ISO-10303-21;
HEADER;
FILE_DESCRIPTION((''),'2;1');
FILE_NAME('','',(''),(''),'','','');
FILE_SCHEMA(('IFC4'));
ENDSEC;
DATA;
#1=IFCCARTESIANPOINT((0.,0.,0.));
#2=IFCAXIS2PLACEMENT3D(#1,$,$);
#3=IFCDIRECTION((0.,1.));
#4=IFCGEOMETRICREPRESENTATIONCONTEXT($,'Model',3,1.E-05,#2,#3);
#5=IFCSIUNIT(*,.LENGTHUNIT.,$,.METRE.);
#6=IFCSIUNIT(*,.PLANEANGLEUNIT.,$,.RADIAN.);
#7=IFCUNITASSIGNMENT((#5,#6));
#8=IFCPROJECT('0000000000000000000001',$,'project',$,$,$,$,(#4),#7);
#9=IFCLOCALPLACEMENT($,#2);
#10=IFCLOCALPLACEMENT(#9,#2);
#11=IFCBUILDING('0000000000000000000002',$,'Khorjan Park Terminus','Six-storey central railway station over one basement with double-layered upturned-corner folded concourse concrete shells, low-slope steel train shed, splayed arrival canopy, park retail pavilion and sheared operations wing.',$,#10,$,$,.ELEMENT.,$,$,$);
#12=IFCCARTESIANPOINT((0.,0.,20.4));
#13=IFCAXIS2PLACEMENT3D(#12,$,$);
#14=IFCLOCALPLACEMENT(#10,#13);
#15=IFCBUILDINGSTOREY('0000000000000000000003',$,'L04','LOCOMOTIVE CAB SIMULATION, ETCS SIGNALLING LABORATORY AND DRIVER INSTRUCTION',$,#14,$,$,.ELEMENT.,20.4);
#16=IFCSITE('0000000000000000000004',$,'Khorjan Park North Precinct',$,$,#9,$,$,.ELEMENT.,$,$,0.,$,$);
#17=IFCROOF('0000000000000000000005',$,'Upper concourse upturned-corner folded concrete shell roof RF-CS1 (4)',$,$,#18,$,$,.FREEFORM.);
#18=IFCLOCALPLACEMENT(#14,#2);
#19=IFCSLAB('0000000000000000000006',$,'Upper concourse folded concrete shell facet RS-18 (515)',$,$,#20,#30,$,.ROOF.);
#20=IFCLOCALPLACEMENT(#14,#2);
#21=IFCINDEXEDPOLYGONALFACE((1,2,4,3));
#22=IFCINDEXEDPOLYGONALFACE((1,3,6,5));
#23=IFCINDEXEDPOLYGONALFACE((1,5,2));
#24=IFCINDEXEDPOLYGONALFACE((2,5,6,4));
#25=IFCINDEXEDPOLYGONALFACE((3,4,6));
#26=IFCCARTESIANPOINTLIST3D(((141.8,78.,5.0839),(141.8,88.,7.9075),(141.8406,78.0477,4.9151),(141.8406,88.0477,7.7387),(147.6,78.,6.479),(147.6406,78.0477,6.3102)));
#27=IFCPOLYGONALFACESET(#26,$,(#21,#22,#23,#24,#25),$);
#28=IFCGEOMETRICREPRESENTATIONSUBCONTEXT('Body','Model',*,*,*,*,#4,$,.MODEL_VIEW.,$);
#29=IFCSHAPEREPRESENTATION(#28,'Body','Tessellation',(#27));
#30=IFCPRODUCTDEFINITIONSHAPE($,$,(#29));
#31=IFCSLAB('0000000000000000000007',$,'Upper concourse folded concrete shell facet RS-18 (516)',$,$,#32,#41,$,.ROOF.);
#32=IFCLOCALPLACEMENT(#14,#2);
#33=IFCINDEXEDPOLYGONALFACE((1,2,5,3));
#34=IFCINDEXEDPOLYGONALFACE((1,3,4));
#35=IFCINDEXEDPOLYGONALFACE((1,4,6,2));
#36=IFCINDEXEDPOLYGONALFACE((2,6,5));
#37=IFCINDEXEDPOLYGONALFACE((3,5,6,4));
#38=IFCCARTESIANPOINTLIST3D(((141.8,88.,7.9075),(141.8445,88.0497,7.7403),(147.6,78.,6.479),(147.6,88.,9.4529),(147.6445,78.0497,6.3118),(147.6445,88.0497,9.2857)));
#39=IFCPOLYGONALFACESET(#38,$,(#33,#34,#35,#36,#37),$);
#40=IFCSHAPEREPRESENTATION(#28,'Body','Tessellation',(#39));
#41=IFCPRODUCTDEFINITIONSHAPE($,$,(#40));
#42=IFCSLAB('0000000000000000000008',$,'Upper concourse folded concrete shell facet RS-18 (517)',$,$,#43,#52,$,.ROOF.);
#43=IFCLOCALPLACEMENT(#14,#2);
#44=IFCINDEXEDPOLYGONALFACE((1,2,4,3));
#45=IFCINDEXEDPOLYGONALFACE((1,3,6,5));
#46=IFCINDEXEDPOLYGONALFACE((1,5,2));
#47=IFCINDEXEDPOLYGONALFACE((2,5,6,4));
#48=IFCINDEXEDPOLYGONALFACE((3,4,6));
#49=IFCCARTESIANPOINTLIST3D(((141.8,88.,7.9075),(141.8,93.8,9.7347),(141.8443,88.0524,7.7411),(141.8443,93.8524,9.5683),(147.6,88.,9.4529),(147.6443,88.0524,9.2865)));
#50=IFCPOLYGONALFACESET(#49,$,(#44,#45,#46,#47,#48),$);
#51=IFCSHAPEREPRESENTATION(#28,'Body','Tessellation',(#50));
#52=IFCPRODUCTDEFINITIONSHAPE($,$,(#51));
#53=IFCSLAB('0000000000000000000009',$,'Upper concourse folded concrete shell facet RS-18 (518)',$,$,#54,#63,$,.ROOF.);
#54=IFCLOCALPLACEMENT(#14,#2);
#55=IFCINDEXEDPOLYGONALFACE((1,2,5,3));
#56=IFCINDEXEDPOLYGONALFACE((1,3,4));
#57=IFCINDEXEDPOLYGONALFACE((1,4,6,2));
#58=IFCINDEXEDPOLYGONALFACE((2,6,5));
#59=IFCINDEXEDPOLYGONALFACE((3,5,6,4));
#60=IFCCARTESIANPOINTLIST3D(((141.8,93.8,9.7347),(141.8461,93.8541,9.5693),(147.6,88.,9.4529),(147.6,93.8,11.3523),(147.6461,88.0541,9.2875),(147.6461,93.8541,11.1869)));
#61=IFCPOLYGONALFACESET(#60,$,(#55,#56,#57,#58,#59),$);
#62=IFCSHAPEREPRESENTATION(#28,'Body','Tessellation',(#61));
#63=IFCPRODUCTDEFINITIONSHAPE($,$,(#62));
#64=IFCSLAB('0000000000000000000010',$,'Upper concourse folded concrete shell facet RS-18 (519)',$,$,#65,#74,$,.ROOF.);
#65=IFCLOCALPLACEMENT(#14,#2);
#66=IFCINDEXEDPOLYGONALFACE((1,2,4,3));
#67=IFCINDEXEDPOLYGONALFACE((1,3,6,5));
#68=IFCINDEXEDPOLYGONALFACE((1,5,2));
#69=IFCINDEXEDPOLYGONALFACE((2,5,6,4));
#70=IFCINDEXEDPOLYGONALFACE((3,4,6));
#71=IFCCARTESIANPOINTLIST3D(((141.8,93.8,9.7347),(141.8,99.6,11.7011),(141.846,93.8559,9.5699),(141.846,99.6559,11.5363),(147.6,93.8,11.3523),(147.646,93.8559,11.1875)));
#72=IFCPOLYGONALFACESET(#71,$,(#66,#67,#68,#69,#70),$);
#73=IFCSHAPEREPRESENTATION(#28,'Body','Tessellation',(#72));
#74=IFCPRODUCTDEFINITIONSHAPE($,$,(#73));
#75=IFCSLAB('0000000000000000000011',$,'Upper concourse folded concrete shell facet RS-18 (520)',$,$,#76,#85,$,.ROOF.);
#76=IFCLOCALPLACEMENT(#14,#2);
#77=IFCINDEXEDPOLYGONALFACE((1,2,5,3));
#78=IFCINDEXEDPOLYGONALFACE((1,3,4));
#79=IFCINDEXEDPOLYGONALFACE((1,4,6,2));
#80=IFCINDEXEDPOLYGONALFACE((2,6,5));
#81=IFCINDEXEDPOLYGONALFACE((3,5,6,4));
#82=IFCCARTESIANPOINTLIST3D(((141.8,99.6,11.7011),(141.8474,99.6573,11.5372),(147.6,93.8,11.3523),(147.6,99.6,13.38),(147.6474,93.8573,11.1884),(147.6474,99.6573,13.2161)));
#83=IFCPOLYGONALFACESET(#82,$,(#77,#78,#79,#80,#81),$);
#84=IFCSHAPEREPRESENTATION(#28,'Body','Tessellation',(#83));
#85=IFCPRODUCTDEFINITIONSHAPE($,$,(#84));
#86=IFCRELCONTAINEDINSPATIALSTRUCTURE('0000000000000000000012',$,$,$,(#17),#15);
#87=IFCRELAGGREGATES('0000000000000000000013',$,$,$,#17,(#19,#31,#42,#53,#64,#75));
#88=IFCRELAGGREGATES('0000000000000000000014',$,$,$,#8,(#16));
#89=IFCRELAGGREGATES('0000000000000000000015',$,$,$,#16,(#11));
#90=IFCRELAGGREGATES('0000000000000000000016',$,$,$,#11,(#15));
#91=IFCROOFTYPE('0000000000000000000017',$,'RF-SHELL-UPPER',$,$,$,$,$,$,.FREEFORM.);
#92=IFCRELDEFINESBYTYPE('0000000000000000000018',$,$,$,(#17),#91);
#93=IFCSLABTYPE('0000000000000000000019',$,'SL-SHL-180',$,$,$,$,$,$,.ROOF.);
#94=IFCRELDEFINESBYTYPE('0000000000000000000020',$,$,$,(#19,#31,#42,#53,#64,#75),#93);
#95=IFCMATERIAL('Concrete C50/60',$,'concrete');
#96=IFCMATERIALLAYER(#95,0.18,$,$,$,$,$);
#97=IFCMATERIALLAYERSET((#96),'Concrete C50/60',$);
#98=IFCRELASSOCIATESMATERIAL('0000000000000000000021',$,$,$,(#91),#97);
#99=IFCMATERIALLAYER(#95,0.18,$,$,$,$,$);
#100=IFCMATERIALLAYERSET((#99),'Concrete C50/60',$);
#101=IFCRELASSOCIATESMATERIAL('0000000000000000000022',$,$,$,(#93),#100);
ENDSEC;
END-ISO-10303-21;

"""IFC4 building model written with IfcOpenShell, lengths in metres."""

from ifc_helpers import new_model, si_unit, direction, frame, origin, place, context, subcontext, project, spatial, polyline, outline, extrude, material, layer, layer_set, type_object, element, aggregate, save


model = new_model("IFC4")

# Units and contexts
model_context = context("Model", 3, precision=1e-05, world=origin(), true_north=direction((0.0, 1.0)))
body_context = subcontext(model_context, "Body", "Model", "MODEL_VIEW")
ifc_project = project(units=[si_unit("LENGTHUNIT", "METRE"), si_unit("PLANEANGLEUNIT", "RADIAN")], contexts=[model_context])

# Site, building, storey
site_placement = place(None, origin())
site = spatial("IfcSite", under=ifc_project, at=site_placement, Name="Khorjan Park North Precinct", CompositionType="ELEMENT", RefElevation=0.0)
building_placement = place(site_placement, origin())
building = spatial("IfcBuilding", under=site, at=building_placement, Name="Khorjan Park Terminus", Description="Six-storey central railway station over one basement with double-layered upturned-corner folded concourse concrete shells, low-slope steel train shed, splayed arrival canopy, park retail pavilion and sheared operations wing.", CompositionType="ELEMENT")
storey_placement = place(building_placement, frame((0.0, 0.0, 20.4)))
storey = spatial("IfcBuildingStorey", under=building, at=storey_placement, Name="L04", Description="LOCOMOTIVE CAB SIMULATION, ETCS SIGNALLING LABORATORY AND DRIVER INSTRUCTION", CompositionType="ELEMENT", Elevation=20.4)

# Roof, slabs
ifc_material = material(Name="Concrete C50/60", Category="concrete")
ifc_layer_1 = layer(ifc_material, 0.18)
ifc_layer_set_1 = layer_set([ifc_layer_1], Name="Concrete C50/60")
roof_type = type_object("IfcRoofType", Name="RF-SHELL-UPPER", PredefinedType="FREEFORM", material=ifc_layer_set_1)
ifc_layer_2 = layer(ifc_material, 0.18)
ifc_layer_set_2 = layer_set([ifc_layer_2], Name="Concrete C50/60")
slab_type = type_object("IfcSlabType", Name="SL-SHL-180", PredefinedType="ROOF", material=ifc_layer_set_2)
roof_1_placement = place(storey_placement, origin())
roof_1 = element("IfcRoof", 1, at=roof_1_placement, inside=storey, type_object=roof_type, Name="Upper concourse upturned-corner folded concrete shell roof RF-CS1 (4)", PredefinedType="FREEFORM")
slab_1_placement = place(storey_placement, frame((141.8, 78.0, 5.0839), z_axis=(-0.22552, -0.264735, 0.93758), x_axis=(0.972269, 0.0, 0.233864)))
slab_1 = element("IfcSlab", 2, at=slab_1_placement, type_object=slab_type, Name="Upper concourse folded concrete shell facet RS-18 (515)", PredefinedType="ROOF", context=body_context, shape_type="SweptSolid", body=[
    extrude(outline(polyline([(0.0, 0.0), (5.9654, 0.0), (0.6603, 10.37), (0.0, 0.0)])), origin(), (0.0, 0.0, -1.0), 0.18),
])
slab_2_placement = place(storey_placement, frame((147.6, 78.0, 6.479), z_axis=(-0.247451, -0.276187, 0.928703), x_axis=(0.0, 0.958512, 0.285052)))
slab_2 = element("IfcSlab", 3, at=slab_2_placement, type_object=slab_type, Name="Upper concourse folded concrete shell facet RS-18 (516)", PredefinedType="ROOF", context=body_context, shape_type="SweptSolid", body=[
    extrude(outline(polyline([(0.0, 0.0), (10.4328, 0.0), (9.9923, 5.9862), (0.0, 0.0)])), origin(), (0.0, 0.0, -1.0), 0.18),
])
slab_3_placement = place(storey_placement, frame((141.8, 88.0, 7.9075), z_axis=(-0.246306, -0.291219, 0.924405), x_axis=(0.966287, 0.0, 0.257466)))
slab_3 = element("IfcSlab", 4, at=slab_3_placement, type_object=slab_type, Name="Upper concourse folded concrete shell facet RS-18 (517)", PredefinedType="ROOF", context=body_context, shape_type="SweptSolid", body=[
    extrude(outline(polyline([(0.0, 0.0), (6.0024, 0.0), (0.4704, 6.0628), (0.0, 0.0)])), origin(), (0.0, 0.0, -1.0), 0.18),
])
slab_4_placement = place(storey_placement, frame((147.6, 88.0, 9.4529), z_axis=(-0.2562, -0.300832, 0.918619), x_axis=(0.0, 0.950338, 0.311219)))
slab_4 = element("IfcSlab", 5, at=slab_4_placement, type_object=slab_type, Name="Upper concourse folded concrete shell facet RS-18 (518)", PredefinedType="ROOF", context=body_context, shape_type="SweptSolid", body=[
    extrude(outline(polyline([(0.0, 0.0), (6.1031, 0.0), (5.5997, 6.0003), (0.0, 0.0)])), origin(), (0.0, 0.0, -1.0), 0.18),
])
slab_5_placement = place(storey_placement, frame((141.8, 93.8, 9.7347), z_axis=(-0.255372, -0.310437, 0.91565), x_axis=(0.963239, 0.0, 0.268644)))
slab_5 = element("IfcSlab", 6, at=slab_5_placement, type_object=slab_type, Name="Upper concourse folded concrete shell facet RS-18 (519)", PredefinedType="ROOF", context=body_context, shape_type="SweptSolid", body=[
    extrude(outline(polyline([(0.0, 0.0), (6.0213, 0.0), (0.5283, 6.1014), (0.0, 0.0)])), origin(), (0.0, 0.0, -1.0), 0.18),
])
slab_6_placement = place(storey_placement, frame((147.6, 93.8, 11.3523), z_axis=(-0.263585, -0.318346, 0.910592), x_axis=(0.0, 0.943975, 0.330017)))
slab_6 = element("IfcSlab", 7, at=slab_6_placement, type_object=slab_type, Name="Upper concourse folded concrete shell facet RS-18 (520)", PredefinedType="ROOF", context=body_context, shape_type="SweptSolid", body=[
    extrude(outline(polyline([(0.0, 0.0), (6.1442, 0.0), (5.5902, 6.0126), (0.0, 0.0)])), origin(), (0.0, 0.0, -1.0), 0.18),
])
aggregate(roof_1, [slab_1, slab_2, slab_3, slab_4, slab_5, slab_6])

save(model, "model.ifc")
